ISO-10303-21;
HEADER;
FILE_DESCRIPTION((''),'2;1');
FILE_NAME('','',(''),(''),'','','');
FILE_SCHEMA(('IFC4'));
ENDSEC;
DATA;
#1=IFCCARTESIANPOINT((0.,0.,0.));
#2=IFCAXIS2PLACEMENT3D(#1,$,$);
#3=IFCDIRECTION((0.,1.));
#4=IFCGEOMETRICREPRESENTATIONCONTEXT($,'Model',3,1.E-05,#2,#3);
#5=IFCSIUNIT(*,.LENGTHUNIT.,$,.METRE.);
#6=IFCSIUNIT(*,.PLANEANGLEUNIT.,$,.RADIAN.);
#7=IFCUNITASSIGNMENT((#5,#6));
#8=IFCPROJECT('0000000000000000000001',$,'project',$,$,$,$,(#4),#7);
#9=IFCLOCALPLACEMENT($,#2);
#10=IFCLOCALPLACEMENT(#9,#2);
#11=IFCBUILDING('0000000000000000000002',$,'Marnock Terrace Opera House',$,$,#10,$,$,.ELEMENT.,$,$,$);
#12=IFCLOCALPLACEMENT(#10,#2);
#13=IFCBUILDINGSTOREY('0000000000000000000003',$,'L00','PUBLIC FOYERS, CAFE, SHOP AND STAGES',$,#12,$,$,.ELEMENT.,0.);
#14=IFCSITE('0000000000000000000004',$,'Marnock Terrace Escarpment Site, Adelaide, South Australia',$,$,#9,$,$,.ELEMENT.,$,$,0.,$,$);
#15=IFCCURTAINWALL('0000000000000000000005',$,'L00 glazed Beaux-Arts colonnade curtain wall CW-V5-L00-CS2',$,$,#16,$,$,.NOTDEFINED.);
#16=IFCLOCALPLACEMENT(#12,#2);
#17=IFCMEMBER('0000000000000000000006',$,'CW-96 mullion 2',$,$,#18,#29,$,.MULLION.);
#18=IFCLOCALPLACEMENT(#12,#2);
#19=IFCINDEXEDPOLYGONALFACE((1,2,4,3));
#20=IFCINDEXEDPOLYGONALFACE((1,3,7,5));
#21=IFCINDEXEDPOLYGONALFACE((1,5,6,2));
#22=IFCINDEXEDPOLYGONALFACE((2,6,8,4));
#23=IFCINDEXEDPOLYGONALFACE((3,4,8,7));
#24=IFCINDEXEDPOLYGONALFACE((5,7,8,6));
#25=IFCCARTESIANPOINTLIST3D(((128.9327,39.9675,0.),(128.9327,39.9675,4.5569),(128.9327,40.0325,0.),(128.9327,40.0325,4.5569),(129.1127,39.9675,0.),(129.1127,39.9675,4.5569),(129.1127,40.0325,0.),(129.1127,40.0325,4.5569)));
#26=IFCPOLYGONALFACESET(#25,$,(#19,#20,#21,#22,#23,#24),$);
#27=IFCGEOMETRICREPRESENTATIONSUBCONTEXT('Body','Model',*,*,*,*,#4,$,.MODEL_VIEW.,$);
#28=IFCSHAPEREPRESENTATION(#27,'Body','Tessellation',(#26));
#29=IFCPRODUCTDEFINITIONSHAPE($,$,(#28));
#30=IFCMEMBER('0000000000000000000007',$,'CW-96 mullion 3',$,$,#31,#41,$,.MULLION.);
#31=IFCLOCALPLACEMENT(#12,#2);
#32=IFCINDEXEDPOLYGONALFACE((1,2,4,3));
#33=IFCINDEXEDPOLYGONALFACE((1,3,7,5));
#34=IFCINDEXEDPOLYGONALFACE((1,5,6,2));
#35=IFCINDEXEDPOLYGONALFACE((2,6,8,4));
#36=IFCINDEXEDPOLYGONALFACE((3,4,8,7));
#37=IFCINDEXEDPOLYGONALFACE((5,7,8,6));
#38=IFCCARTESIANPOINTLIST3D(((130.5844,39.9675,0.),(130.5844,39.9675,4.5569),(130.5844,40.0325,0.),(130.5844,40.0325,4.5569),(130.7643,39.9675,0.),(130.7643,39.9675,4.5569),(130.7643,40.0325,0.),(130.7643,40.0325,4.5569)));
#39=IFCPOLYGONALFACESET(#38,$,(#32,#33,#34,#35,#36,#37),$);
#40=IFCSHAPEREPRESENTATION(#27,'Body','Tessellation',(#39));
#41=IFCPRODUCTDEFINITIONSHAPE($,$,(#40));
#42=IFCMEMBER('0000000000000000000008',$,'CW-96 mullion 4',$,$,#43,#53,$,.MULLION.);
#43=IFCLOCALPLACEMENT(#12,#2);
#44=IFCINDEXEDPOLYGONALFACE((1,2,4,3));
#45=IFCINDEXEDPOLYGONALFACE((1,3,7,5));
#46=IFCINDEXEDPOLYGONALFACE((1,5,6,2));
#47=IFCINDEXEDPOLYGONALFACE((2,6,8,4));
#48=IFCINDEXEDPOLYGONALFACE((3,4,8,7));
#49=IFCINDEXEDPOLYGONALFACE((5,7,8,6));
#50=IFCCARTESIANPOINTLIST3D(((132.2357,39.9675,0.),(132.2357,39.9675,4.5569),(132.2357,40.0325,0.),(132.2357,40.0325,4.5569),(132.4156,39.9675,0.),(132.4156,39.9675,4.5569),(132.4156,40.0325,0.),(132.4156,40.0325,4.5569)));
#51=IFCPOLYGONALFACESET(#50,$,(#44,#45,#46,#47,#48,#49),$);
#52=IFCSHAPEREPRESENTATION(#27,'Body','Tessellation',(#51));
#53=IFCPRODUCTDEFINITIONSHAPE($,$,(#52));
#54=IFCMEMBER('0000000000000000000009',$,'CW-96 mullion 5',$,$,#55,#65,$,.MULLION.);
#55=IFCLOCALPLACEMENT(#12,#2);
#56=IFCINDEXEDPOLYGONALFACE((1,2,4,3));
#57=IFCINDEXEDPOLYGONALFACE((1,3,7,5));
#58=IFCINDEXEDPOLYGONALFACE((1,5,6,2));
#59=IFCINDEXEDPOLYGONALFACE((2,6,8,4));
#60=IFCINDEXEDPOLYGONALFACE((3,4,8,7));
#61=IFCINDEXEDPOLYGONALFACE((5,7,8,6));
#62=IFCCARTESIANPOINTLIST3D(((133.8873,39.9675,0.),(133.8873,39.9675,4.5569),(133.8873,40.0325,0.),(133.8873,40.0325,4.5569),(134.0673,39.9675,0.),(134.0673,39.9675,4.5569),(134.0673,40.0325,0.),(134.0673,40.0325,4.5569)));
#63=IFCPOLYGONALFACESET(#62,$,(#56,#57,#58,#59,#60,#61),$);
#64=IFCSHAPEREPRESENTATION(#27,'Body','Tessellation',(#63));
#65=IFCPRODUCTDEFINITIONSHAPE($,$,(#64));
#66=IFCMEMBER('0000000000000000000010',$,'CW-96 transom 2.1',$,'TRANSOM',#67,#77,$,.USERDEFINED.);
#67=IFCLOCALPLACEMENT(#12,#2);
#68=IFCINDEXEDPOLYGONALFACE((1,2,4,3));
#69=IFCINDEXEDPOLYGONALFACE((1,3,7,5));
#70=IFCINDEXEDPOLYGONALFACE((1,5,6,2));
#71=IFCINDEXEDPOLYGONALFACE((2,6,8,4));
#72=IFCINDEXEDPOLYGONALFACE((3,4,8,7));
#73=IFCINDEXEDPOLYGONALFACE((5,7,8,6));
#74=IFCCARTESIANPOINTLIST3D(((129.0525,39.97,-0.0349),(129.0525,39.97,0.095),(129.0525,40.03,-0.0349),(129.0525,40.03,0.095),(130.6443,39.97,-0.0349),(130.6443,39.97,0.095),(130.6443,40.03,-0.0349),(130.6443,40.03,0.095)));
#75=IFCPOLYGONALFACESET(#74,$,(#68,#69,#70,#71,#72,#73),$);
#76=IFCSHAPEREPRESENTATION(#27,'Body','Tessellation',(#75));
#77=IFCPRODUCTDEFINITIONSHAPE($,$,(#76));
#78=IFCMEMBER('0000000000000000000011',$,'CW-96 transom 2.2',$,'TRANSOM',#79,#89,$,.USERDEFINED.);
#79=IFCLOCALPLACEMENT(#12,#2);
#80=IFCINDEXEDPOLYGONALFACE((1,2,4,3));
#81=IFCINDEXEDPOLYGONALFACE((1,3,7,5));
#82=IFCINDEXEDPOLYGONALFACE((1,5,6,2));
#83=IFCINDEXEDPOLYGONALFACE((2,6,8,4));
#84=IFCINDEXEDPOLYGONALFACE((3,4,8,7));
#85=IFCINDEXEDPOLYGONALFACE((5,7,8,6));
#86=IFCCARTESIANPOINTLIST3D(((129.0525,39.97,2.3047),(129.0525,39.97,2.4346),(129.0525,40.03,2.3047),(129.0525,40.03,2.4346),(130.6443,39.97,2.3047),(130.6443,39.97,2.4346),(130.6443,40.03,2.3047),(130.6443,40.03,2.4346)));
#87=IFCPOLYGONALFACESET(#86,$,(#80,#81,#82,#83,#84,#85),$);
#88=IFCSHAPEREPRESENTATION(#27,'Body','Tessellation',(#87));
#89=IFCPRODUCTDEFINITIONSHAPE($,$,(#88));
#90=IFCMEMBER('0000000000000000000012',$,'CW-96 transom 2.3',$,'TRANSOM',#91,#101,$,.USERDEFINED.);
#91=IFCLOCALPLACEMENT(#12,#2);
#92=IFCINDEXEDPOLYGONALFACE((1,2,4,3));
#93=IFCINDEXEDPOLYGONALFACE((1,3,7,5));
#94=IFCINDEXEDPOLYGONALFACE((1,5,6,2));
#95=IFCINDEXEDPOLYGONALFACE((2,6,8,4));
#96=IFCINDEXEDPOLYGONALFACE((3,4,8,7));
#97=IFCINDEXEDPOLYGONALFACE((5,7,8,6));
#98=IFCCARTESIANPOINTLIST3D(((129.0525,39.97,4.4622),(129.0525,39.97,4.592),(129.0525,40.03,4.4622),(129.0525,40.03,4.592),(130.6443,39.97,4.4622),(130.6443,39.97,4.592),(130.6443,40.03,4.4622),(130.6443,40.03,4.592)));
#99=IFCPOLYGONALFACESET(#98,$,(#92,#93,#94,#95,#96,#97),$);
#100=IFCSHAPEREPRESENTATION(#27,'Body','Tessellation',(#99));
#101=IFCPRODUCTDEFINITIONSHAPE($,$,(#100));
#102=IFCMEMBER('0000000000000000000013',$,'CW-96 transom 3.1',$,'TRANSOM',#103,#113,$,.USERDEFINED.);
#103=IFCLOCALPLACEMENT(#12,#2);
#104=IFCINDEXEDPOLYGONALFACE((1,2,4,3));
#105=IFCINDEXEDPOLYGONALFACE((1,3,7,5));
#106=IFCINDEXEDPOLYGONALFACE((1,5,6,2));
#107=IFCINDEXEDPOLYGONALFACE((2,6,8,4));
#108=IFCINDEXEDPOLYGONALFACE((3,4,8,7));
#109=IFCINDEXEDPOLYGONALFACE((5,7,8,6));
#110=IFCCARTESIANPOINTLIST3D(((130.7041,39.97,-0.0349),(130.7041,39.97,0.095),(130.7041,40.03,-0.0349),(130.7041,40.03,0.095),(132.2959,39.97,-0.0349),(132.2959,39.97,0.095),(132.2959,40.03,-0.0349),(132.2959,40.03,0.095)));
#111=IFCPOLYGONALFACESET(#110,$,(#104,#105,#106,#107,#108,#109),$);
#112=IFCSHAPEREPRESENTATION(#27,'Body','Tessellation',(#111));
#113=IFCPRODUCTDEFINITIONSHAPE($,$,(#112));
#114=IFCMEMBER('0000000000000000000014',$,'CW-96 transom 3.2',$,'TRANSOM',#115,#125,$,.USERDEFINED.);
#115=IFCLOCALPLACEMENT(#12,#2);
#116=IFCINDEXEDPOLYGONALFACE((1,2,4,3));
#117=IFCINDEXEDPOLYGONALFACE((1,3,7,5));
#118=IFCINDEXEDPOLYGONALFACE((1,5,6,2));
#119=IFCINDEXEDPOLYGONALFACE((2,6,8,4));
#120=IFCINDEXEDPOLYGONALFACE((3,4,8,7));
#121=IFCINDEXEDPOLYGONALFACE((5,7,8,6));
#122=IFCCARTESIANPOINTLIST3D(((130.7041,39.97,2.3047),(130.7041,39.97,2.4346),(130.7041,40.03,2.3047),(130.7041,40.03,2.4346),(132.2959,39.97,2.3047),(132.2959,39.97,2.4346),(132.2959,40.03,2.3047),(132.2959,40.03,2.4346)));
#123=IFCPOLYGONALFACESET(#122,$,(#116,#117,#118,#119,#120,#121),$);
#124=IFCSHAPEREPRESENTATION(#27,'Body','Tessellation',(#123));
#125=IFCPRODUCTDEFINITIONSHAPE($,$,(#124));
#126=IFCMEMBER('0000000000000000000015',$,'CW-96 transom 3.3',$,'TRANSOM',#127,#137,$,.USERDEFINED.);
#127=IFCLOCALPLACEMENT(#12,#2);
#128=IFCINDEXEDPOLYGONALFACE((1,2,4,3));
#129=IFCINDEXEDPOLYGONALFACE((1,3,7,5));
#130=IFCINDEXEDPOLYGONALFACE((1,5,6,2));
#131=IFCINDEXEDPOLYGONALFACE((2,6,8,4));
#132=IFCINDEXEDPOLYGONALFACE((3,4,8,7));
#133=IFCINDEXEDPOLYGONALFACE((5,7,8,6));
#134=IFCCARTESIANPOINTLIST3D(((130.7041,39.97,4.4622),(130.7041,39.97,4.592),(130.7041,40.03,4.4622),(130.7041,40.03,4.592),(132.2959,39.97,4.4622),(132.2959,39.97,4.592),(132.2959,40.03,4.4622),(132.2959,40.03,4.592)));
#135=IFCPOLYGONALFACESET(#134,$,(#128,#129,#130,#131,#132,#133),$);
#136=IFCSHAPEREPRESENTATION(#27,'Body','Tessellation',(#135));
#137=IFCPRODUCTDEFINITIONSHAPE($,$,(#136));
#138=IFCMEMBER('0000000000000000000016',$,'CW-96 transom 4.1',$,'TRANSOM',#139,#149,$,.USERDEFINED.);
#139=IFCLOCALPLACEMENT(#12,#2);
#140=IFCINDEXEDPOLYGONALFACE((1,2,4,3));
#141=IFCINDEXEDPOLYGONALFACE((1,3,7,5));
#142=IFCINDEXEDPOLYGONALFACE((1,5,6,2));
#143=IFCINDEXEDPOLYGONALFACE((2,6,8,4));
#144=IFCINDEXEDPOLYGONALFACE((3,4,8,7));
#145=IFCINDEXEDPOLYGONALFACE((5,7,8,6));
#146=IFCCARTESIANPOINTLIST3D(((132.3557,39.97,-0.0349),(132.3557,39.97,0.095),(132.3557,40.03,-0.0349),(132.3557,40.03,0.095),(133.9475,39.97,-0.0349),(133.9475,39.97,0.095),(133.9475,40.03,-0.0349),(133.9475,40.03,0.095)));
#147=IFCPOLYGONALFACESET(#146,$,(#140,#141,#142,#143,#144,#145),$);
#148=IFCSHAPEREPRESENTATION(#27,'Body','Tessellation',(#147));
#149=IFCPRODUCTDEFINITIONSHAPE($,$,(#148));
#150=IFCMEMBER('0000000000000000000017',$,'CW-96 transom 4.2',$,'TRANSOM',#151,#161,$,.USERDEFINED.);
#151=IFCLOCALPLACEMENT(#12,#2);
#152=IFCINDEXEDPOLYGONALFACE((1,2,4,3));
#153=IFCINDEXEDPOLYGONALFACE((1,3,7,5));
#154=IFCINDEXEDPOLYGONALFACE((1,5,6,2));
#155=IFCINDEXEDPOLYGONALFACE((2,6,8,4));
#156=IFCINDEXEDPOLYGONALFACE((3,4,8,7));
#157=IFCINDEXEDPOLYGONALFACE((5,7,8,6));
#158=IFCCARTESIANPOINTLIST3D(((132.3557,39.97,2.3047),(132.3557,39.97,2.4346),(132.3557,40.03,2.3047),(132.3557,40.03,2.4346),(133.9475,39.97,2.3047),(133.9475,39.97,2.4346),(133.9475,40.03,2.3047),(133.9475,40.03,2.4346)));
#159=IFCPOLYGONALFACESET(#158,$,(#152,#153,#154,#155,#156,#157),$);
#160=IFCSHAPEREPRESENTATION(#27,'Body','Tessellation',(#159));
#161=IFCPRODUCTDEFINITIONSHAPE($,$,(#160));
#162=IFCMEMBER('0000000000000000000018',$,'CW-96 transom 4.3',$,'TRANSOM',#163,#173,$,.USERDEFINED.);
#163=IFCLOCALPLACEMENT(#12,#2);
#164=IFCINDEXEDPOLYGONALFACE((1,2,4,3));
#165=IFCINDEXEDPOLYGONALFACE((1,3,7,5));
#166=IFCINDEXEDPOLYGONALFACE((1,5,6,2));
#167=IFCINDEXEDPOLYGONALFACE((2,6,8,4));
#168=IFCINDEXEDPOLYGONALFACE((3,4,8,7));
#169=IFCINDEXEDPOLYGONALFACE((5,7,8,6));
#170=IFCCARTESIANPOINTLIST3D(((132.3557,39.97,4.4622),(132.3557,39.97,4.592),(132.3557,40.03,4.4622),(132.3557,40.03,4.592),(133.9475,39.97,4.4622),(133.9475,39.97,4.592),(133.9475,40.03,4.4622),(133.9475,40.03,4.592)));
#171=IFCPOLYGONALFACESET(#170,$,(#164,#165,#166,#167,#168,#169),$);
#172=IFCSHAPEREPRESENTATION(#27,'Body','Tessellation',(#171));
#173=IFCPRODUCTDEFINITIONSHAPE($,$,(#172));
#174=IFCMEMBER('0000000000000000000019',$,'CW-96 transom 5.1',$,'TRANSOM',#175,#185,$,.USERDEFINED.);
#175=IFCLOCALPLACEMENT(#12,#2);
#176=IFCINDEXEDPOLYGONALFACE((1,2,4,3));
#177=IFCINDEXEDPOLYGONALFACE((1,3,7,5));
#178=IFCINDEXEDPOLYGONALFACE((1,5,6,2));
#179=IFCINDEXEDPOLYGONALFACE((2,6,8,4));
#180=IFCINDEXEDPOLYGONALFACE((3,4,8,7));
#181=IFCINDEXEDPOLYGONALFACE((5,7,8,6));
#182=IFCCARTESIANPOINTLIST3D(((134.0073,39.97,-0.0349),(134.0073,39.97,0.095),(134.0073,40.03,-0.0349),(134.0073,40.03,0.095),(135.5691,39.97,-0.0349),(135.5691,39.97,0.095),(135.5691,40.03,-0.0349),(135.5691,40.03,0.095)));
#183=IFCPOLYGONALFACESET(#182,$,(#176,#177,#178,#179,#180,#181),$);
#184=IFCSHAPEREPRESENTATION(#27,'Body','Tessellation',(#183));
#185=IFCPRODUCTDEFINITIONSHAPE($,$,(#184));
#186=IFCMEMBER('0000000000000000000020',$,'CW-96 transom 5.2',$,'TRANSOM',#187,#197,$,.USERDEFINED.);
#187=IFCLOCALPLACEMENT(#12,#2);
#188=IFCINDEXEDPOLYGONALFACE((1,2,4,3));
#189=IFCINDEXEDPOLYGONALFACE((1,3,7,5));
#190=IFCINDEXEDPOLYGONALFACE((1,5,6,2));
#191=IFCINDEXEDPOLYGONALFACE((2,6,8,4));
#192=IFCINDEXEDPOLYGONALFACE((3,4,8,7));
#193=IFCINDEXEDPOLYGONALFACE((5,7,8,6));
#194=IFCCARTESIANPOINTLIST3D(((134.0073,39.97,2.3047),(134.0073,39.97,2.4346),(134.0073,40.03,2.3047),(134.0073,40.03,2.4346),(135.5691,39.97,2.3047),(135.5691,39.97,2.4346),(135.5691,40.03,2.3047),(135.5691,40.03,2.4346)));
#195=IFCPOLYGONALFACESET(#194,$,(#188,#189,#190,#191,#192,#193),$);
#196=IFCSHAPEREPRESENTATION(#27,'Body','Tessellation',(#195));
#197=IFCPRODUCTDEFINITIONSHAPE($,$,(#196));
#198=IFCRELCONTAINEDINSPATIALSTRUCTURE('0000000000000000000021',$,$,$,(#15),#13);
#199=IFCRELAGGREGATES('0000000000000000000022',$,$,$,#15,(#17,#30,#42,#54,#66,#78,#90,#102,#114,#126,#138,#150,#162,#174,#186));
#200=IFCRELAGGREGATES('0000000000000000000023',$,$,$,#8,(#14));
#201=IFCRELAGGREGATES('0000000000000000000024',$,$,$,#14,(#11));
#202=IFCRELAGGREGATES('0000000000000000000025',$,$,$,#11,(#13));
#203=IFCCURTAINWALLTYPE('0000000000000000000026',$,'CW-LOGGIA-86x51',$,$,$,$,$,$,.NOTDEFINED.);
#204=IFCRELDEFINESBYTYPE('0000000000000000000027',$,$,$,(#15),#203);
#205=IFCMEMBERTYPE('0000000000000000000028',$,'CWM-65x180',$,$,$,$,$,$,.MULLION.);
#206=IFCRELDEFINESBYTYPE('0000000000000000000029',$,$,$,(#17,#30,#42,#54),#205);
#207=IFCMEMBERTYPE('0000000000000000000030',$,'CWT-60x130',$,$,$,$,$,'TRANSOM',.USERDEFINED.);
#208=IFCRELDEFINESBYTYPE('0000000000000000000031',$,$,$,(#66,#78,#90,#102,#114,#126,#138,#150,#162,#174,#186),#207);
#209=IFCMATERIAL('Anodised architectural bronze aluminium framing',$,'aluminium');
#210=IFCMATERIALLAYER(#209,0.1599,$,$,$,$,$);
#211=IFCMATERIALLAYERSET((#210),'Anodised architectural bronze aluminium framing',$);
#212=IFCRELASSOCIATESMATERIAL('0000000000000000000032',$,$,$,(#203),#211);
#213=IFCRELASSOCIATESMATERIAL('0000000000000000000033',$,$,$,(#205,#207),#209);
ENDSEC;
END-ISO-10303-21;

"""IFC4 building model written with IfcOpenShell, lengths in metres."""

from ifc_helpers import new_model, si_unit, direction, frame, origin, origin_2d, place, context, subcontext, project, spatial, rectangle, extrude, material, layer, layer_set, material_profile, profile_set, type_object, element, aggregate, save


model = new_model("IFC4")

# Units and contexts
model_context = context("Model", 3, precision=1e-05, world=origin(), true_north=direction((0.0, 1.0)))
body_context = subcontext(model_context, "Body", "Model", "MODEL_VIEW")
ifc_project = project(units=[si_unit("LENGTHUNIT", "METRE"), si_unit("PLANEANGLEUNIT", "RADIAN")], contexts=[model_context])

# Site, building, storey
site_placement = place(None, origin())
site = spatial("IfcSite", under=ifc_project, at=site_placement, Name="Marnock Terrace Escarpment Site, Adelaide, South Australia", CompositionType="ELEMENT", RefElevation=0.0)
building_placement = place(site_placement, origin())
building = spatial("IfcBuilding", under=site, at=building_placement, Name="Marnock Terrace Opera House", CompositionType="ELEMENT")
storey_placement = place(building_placement, origin())
storey = spatial("IfcBuildingStorey", under=building, at=storey_placement, Name="L00", Description="PUBLIC FOYERS, CAFE, SHOP AND STAGES", CompositionType="ELEMENT", Elevation=0.0)

# Curtain wall, members
ifc_material_1 = material(Name="Anodised architectural bronze aluminium framing", Category="aluminium")
ifc_layer_1 = layer(ifc_material_1, 0.1599)
ifc_layer_set_1 = layer_set([ifc_layer_1], Name="Anodised architectural bronze aluminium framing")
curtain_wall_type = type_object("IfcCurtainWallType", Name="CW-LOGGIA-86x51", PredefinedType="NOTDEFINED", material=ifc_layer_set_1)
curtain_wall_placement = place(storey_placement, origin())
curtain_wall = element("IfcCurtainWall", 1, at=curtain_wall_placement, inside=storey, type_object=curtain_wall_type, Name="L00 glazed Beaux-Arts colonnade curtain wall CW-V5-L00-CS2", PredefinedType="NOTDEFINED")
ifc_material_profile_1 = material_profile(ifc_material_1, rectangle(XDim=0.0649, YDim=0.1799, at=origin_2d()))
ifc_profile_set_1 = profile_set([ifc_material_profile_1], Name="Anodised architectural bronze aluminium framing")
member_type_1 = type_object("IfcMemberType", Name="CWM-65x180", PredefinedType="MULLION", material=ifc_profile_set_1)
member_1_placement = place(storey_placement, frame((129.0227, 40.0, 0.0), z_axis=(0.0, 0.0, 1.0), x_axis=(0.0, 1.0, 0.0)))
member_1 = element("IfcMember", 2, at=member_1_placement, type_object=member_type_1, Name="CW-96 mullion 2", PredefinedType="MULLION", context=body_context, shape_type="SweptSolid", body=[
    extrude(rectangle(XDim=0.0649, YDim=0.1799, at=origin_2d()), origin(), (0.0, 0.0, 1.0), 4.5569),
])
member_2_placement = place(storey_placement, frame((130.6743, 40.0, 0.0), z_axis=(0.0, 0.0, 1.0), x_axis=(0.0, 1.0, 0.0)))
member_2 = element("IfcMember", 3, at=member_2_placement, type_object=member_type_1, Name="CW-96 mullion 3", PredefinedType="MULLION", context=body_context, shape_type="SweptSolid", body=[
    extrude(rectangle(XDim=0.0649, YDim=0.1799, at=origin_2d()), origin(), (0.0, 0.0, 1.0), 4.5569),
])
member_3_placement = place(storey_placement, frame((132.3257, 40.0, 0.0), z_axis=(0.0, 0.0, 1.0), x_axis=(0.0, 1.0, 0.0)))
member_3 = element("IfcMember", 4, at=member_3_placement, type_object=member_type_1, Name="CW-96 mullion 4", PredefinedType="MULLION", context=body_context, shape_type="SweptSolid", body=[
    extrude(rectangle(XDim=0.0649, YDim=0.1799, at=origin_2d()), origin(), (0.0, 0.0, 1.0), 4.5569),
])
member_4_placement = place(storey_placement, frame((133.9773, 40.0, 0.0), z_axis=(0.0, 0.0, 1.0), x_axis=(0.0, 1.0, 0.0)))
member_4 = element("IfcMember", 5, at=member_4_placement, type_object=member_type_1, Name="CW-96 mullion 5", PredefinedType="MULLION", context=body_context, shape_type="SweptSolid", body=[
    extrude(rectangle(XDim=0.0649, YDim=0.1799, at=origin_2d()), origin(), (0.0, 0.0, 1.0), 4.5569),
])
ifc_material_profile_2 = material_profile(ifc_material_1, rectangle(XDim=0.0601, YDim=0.1299, at=origin_2d()))
ifc_profile_set_2 = profile_set([ifc_material_profile_2], Name="Anodised architectural bronze aluminium framing")
member_type_2 = type_object("IfcMemberType", Name="CWT-60x130", ElementType="TRANSOM", PredefinedType="USERDEFINED", material=ifc_profile_set_2)
member_5_placement = place(storey_placement, frame((129.0525, 40.0, 0.03), z_axis=(1.0, 0.0, 0.0), x_axis=(0.0, 1.0, 0.0)))
member_5 = element("IfcMember", 6, at=member_5_placement, type_object=member_type_2, Name="CW-96 transom 2.1", ObjectType="TRANSOM", PredefinedType="USERDEFINED", context=body_context, shape_type="SweptSolid", body=[
    extrude(rectangle(XDim=0.0601, YDim=0.1299, at=origin_2d()), origin(), (0.0, 0.0, 1.0), 1.5918),
])
member_6_placement = place(storey_placement, frame((129.0525, 40.0, 2.3696), z_axis=(1.0, 0.0, 0.0), x_axis=(0.0, 1.0, 0.0)))
member_6 = element("IfcMember", 7, at=member_6_placement, type_object=member_type_2, Name="CW-96 transom 2.2", ObjectType="TRANSOM", PredefinedType="USERDEFINED", context=body_context, shape_type="SweptSolid", body=[
    extrude(rectangle(XDim=0.0601, YDim=0.1299, at=origin_2d()), origin(), (0.0, 0.0, 1.0), 1.5918),
])
member_7_placement = place(storey_placement, frame((129.0525, 40.0, 4.5271), z_axis=(1.0, 0.0, 0.0), x_axis=(0.0, 1.0, 0.0)))
member_7 = element("IfcMember", 8, at=member_7_placement, type_object=member_type_2, Name="CW-96 transom 2.3", ObjectType="TRANSOM", PredefinedType="USERDEFINED", context=body_context, shape_type="SweptSolid", body=[
    extrude(rectangle(XDim=0.0601, YDim=0.1299, at=origin_2d()), origin(), (0.0, 0.0, 1.0), 1.5918),
])
member_8_placement = place(storey_placement, frame((130.7041, 40.0, 0.03), z_axis=(1.0, 0.0, 0.0), x_axis=(0.0, 1.0, 0.0)))
member_8 = element("IfcMember", 9, at=member_8_placement, type_object=member_type_2, Name="CW-96 transom 3.1", ObjectType="TRANSOM", PredefinedType="USERDEFINED", context=body_context, shape_type="SweptSolid", body=[
    extrude(rectangle(XDim=0.0601, YDim=0.1299, at=origin_2d()), origin(), (0.0, 0.0, 1.0), 1.5918),
])
member_9_placement = place(storey_placement, frame((130.7041, 40.0, 2.3696), z_axis=(1.0, 0.0, 0.0), x_axis=(0.0, 1.0, 0.0)))
member_9 = element("IfcMember", 10, at=member_9_placement, type_object=member_type_2, Name="CW-96 transom 3.2", ObjectType="TRANSOM", PredefinedType="USERDEFINED", context=body_context, shape_type="SweptSolid", body=[
    extrude(rectangle(XDim=0.0601, YDim=0.1299, at=origin_2d()), origin(), (0.0, 0.0, 1.0), 1.5918),
])
member_10_placement = place(storey_placement, frame((130.7041, 40.0, 4.5271), z_axis=(1.0, 0.0, 0.0), x_axis=(0.0, 1.0, 0.0)))
member_10 = element("IfcMember", 11, at=member_10_placement, type_object=member_type_2, Name="CW-96 transom 3.3", ObjectType="TRANSOM", PredefinedType="USERDEFINED", context=body_context, shape_type="SweptSolid", body=[
    extrude(rectangle(XDim=0.0601, YDim=0.1299, at=origin_2d()), origin(), (0.0, 0.0, 1.0), 1.5918),
])
member_11_placement = place(storey_placement, frame((132.3557, 40.0, 0.03), z_axis=(1.0, 0.0, 0.0), x_axis=(0.0, 1.0, 0.0)))
member_11 = element("IfcMember", 12, at=member_11_placement, type_object=member_type_2, Name="CW-96 transom 4.1", ObjectType="TRANSOM", PredefinedType="USERDEFINED", context=body_context, shape_type="SweptSolid", body=[
    extrude(rectangle(XDim=0.0601, YDim=0.1299, at=origin_2d()), origin(), (0.0, 0.0, 1.0), 1.5918),
])
member_12_placement = place(storey_placement, frame((132.3557, 40.0, 2.3696), z_axis=(1.0, 0.0, 0.0), x_axis=(0.0, 1.0, 0.0)))
member_12 = element("IfcMember", 13, at=member_12_placement, type_object=member_type_2, Name="CW-96 transom 4.2", ObjectType="TRANSOM", PredefinedType="USERDEFINED", context=body_context, shape_type="SweptSolid", body=[
    extrude(rectangle(XDim=0.0601, YDim=0.1299, at=origin_2d()), origin(), (0.0, 0.0, 1.0), 1.5918),
])
member_13_placement = place(storey_placement, frame((132.3557, 40.0, 4.5271), z_axis=(1.0, 0.0, 0.0), x_axis=(0.0, 1.0, 0.0)))
member_13 = element("IfcMember", 14, at=member_13_placement, type_object=member_type_2, Name="CW-96 transom 4.3", ObjectType="TRANSOM", PredefinedType="USERDEFINED", context=body_context, shape_type="SweptSolid", body=[
    extrude(rectangle(XDim=0.0601, YDim=0.1299, at=origin_2d()), origin(), (0.0, 0.0, 1.0), 1.5918),
])
member_14_placement = place(storey_placement, frame((134.0073, 40.0, 0.03), z_axis=(1.0, 0.0, 0.0), x_axis=(0.0, 1.0, 0.0)))
member_14 = element("IfcMember", 15, at=member_14_placement, type_object=member_type_2, Name="CW-96 transom 5.1", ObjectType="TRANSOM", PredefinedType="USERDEFINED", context=body_context, shape_type="SweptSolid", body=[
    extrude(rectangle(XDim=0.0601, YDim=0.1299, at=origin_2d()), origin(), (0.0, 0.0, 1.0), 1.5618),
])
member_15_placement = place(storey_placement, frame((134.0073, 40.0, 2.3696), z_axis=(1.0, 0.0, 0.0), x_axis=(0.0, 1.0, 0.0)))
member_15 = element("IfcMember", 16, at=member_15_placement, type_object=member_type_2, Name="CW-96 transom 5.2", ObjectType="TRANSOM", PredefinedType="USERDEFINED", context=body_context, shape_type="SweptSolid", body=[
    extrude(rectangle(XDim=0.0601, YDim=0.1299, at=origin_2d()), origin(), (0.0, 0.0, 1.0), 1.5618),
])
aggregate(curtain_wall, [member_1, member_2, member_3, member_4, member_5, member_6, member_7, member_8, member_9, member_10, member_11, member_12, member_13, member_14, member_15])

save(model, "model.ifc")
